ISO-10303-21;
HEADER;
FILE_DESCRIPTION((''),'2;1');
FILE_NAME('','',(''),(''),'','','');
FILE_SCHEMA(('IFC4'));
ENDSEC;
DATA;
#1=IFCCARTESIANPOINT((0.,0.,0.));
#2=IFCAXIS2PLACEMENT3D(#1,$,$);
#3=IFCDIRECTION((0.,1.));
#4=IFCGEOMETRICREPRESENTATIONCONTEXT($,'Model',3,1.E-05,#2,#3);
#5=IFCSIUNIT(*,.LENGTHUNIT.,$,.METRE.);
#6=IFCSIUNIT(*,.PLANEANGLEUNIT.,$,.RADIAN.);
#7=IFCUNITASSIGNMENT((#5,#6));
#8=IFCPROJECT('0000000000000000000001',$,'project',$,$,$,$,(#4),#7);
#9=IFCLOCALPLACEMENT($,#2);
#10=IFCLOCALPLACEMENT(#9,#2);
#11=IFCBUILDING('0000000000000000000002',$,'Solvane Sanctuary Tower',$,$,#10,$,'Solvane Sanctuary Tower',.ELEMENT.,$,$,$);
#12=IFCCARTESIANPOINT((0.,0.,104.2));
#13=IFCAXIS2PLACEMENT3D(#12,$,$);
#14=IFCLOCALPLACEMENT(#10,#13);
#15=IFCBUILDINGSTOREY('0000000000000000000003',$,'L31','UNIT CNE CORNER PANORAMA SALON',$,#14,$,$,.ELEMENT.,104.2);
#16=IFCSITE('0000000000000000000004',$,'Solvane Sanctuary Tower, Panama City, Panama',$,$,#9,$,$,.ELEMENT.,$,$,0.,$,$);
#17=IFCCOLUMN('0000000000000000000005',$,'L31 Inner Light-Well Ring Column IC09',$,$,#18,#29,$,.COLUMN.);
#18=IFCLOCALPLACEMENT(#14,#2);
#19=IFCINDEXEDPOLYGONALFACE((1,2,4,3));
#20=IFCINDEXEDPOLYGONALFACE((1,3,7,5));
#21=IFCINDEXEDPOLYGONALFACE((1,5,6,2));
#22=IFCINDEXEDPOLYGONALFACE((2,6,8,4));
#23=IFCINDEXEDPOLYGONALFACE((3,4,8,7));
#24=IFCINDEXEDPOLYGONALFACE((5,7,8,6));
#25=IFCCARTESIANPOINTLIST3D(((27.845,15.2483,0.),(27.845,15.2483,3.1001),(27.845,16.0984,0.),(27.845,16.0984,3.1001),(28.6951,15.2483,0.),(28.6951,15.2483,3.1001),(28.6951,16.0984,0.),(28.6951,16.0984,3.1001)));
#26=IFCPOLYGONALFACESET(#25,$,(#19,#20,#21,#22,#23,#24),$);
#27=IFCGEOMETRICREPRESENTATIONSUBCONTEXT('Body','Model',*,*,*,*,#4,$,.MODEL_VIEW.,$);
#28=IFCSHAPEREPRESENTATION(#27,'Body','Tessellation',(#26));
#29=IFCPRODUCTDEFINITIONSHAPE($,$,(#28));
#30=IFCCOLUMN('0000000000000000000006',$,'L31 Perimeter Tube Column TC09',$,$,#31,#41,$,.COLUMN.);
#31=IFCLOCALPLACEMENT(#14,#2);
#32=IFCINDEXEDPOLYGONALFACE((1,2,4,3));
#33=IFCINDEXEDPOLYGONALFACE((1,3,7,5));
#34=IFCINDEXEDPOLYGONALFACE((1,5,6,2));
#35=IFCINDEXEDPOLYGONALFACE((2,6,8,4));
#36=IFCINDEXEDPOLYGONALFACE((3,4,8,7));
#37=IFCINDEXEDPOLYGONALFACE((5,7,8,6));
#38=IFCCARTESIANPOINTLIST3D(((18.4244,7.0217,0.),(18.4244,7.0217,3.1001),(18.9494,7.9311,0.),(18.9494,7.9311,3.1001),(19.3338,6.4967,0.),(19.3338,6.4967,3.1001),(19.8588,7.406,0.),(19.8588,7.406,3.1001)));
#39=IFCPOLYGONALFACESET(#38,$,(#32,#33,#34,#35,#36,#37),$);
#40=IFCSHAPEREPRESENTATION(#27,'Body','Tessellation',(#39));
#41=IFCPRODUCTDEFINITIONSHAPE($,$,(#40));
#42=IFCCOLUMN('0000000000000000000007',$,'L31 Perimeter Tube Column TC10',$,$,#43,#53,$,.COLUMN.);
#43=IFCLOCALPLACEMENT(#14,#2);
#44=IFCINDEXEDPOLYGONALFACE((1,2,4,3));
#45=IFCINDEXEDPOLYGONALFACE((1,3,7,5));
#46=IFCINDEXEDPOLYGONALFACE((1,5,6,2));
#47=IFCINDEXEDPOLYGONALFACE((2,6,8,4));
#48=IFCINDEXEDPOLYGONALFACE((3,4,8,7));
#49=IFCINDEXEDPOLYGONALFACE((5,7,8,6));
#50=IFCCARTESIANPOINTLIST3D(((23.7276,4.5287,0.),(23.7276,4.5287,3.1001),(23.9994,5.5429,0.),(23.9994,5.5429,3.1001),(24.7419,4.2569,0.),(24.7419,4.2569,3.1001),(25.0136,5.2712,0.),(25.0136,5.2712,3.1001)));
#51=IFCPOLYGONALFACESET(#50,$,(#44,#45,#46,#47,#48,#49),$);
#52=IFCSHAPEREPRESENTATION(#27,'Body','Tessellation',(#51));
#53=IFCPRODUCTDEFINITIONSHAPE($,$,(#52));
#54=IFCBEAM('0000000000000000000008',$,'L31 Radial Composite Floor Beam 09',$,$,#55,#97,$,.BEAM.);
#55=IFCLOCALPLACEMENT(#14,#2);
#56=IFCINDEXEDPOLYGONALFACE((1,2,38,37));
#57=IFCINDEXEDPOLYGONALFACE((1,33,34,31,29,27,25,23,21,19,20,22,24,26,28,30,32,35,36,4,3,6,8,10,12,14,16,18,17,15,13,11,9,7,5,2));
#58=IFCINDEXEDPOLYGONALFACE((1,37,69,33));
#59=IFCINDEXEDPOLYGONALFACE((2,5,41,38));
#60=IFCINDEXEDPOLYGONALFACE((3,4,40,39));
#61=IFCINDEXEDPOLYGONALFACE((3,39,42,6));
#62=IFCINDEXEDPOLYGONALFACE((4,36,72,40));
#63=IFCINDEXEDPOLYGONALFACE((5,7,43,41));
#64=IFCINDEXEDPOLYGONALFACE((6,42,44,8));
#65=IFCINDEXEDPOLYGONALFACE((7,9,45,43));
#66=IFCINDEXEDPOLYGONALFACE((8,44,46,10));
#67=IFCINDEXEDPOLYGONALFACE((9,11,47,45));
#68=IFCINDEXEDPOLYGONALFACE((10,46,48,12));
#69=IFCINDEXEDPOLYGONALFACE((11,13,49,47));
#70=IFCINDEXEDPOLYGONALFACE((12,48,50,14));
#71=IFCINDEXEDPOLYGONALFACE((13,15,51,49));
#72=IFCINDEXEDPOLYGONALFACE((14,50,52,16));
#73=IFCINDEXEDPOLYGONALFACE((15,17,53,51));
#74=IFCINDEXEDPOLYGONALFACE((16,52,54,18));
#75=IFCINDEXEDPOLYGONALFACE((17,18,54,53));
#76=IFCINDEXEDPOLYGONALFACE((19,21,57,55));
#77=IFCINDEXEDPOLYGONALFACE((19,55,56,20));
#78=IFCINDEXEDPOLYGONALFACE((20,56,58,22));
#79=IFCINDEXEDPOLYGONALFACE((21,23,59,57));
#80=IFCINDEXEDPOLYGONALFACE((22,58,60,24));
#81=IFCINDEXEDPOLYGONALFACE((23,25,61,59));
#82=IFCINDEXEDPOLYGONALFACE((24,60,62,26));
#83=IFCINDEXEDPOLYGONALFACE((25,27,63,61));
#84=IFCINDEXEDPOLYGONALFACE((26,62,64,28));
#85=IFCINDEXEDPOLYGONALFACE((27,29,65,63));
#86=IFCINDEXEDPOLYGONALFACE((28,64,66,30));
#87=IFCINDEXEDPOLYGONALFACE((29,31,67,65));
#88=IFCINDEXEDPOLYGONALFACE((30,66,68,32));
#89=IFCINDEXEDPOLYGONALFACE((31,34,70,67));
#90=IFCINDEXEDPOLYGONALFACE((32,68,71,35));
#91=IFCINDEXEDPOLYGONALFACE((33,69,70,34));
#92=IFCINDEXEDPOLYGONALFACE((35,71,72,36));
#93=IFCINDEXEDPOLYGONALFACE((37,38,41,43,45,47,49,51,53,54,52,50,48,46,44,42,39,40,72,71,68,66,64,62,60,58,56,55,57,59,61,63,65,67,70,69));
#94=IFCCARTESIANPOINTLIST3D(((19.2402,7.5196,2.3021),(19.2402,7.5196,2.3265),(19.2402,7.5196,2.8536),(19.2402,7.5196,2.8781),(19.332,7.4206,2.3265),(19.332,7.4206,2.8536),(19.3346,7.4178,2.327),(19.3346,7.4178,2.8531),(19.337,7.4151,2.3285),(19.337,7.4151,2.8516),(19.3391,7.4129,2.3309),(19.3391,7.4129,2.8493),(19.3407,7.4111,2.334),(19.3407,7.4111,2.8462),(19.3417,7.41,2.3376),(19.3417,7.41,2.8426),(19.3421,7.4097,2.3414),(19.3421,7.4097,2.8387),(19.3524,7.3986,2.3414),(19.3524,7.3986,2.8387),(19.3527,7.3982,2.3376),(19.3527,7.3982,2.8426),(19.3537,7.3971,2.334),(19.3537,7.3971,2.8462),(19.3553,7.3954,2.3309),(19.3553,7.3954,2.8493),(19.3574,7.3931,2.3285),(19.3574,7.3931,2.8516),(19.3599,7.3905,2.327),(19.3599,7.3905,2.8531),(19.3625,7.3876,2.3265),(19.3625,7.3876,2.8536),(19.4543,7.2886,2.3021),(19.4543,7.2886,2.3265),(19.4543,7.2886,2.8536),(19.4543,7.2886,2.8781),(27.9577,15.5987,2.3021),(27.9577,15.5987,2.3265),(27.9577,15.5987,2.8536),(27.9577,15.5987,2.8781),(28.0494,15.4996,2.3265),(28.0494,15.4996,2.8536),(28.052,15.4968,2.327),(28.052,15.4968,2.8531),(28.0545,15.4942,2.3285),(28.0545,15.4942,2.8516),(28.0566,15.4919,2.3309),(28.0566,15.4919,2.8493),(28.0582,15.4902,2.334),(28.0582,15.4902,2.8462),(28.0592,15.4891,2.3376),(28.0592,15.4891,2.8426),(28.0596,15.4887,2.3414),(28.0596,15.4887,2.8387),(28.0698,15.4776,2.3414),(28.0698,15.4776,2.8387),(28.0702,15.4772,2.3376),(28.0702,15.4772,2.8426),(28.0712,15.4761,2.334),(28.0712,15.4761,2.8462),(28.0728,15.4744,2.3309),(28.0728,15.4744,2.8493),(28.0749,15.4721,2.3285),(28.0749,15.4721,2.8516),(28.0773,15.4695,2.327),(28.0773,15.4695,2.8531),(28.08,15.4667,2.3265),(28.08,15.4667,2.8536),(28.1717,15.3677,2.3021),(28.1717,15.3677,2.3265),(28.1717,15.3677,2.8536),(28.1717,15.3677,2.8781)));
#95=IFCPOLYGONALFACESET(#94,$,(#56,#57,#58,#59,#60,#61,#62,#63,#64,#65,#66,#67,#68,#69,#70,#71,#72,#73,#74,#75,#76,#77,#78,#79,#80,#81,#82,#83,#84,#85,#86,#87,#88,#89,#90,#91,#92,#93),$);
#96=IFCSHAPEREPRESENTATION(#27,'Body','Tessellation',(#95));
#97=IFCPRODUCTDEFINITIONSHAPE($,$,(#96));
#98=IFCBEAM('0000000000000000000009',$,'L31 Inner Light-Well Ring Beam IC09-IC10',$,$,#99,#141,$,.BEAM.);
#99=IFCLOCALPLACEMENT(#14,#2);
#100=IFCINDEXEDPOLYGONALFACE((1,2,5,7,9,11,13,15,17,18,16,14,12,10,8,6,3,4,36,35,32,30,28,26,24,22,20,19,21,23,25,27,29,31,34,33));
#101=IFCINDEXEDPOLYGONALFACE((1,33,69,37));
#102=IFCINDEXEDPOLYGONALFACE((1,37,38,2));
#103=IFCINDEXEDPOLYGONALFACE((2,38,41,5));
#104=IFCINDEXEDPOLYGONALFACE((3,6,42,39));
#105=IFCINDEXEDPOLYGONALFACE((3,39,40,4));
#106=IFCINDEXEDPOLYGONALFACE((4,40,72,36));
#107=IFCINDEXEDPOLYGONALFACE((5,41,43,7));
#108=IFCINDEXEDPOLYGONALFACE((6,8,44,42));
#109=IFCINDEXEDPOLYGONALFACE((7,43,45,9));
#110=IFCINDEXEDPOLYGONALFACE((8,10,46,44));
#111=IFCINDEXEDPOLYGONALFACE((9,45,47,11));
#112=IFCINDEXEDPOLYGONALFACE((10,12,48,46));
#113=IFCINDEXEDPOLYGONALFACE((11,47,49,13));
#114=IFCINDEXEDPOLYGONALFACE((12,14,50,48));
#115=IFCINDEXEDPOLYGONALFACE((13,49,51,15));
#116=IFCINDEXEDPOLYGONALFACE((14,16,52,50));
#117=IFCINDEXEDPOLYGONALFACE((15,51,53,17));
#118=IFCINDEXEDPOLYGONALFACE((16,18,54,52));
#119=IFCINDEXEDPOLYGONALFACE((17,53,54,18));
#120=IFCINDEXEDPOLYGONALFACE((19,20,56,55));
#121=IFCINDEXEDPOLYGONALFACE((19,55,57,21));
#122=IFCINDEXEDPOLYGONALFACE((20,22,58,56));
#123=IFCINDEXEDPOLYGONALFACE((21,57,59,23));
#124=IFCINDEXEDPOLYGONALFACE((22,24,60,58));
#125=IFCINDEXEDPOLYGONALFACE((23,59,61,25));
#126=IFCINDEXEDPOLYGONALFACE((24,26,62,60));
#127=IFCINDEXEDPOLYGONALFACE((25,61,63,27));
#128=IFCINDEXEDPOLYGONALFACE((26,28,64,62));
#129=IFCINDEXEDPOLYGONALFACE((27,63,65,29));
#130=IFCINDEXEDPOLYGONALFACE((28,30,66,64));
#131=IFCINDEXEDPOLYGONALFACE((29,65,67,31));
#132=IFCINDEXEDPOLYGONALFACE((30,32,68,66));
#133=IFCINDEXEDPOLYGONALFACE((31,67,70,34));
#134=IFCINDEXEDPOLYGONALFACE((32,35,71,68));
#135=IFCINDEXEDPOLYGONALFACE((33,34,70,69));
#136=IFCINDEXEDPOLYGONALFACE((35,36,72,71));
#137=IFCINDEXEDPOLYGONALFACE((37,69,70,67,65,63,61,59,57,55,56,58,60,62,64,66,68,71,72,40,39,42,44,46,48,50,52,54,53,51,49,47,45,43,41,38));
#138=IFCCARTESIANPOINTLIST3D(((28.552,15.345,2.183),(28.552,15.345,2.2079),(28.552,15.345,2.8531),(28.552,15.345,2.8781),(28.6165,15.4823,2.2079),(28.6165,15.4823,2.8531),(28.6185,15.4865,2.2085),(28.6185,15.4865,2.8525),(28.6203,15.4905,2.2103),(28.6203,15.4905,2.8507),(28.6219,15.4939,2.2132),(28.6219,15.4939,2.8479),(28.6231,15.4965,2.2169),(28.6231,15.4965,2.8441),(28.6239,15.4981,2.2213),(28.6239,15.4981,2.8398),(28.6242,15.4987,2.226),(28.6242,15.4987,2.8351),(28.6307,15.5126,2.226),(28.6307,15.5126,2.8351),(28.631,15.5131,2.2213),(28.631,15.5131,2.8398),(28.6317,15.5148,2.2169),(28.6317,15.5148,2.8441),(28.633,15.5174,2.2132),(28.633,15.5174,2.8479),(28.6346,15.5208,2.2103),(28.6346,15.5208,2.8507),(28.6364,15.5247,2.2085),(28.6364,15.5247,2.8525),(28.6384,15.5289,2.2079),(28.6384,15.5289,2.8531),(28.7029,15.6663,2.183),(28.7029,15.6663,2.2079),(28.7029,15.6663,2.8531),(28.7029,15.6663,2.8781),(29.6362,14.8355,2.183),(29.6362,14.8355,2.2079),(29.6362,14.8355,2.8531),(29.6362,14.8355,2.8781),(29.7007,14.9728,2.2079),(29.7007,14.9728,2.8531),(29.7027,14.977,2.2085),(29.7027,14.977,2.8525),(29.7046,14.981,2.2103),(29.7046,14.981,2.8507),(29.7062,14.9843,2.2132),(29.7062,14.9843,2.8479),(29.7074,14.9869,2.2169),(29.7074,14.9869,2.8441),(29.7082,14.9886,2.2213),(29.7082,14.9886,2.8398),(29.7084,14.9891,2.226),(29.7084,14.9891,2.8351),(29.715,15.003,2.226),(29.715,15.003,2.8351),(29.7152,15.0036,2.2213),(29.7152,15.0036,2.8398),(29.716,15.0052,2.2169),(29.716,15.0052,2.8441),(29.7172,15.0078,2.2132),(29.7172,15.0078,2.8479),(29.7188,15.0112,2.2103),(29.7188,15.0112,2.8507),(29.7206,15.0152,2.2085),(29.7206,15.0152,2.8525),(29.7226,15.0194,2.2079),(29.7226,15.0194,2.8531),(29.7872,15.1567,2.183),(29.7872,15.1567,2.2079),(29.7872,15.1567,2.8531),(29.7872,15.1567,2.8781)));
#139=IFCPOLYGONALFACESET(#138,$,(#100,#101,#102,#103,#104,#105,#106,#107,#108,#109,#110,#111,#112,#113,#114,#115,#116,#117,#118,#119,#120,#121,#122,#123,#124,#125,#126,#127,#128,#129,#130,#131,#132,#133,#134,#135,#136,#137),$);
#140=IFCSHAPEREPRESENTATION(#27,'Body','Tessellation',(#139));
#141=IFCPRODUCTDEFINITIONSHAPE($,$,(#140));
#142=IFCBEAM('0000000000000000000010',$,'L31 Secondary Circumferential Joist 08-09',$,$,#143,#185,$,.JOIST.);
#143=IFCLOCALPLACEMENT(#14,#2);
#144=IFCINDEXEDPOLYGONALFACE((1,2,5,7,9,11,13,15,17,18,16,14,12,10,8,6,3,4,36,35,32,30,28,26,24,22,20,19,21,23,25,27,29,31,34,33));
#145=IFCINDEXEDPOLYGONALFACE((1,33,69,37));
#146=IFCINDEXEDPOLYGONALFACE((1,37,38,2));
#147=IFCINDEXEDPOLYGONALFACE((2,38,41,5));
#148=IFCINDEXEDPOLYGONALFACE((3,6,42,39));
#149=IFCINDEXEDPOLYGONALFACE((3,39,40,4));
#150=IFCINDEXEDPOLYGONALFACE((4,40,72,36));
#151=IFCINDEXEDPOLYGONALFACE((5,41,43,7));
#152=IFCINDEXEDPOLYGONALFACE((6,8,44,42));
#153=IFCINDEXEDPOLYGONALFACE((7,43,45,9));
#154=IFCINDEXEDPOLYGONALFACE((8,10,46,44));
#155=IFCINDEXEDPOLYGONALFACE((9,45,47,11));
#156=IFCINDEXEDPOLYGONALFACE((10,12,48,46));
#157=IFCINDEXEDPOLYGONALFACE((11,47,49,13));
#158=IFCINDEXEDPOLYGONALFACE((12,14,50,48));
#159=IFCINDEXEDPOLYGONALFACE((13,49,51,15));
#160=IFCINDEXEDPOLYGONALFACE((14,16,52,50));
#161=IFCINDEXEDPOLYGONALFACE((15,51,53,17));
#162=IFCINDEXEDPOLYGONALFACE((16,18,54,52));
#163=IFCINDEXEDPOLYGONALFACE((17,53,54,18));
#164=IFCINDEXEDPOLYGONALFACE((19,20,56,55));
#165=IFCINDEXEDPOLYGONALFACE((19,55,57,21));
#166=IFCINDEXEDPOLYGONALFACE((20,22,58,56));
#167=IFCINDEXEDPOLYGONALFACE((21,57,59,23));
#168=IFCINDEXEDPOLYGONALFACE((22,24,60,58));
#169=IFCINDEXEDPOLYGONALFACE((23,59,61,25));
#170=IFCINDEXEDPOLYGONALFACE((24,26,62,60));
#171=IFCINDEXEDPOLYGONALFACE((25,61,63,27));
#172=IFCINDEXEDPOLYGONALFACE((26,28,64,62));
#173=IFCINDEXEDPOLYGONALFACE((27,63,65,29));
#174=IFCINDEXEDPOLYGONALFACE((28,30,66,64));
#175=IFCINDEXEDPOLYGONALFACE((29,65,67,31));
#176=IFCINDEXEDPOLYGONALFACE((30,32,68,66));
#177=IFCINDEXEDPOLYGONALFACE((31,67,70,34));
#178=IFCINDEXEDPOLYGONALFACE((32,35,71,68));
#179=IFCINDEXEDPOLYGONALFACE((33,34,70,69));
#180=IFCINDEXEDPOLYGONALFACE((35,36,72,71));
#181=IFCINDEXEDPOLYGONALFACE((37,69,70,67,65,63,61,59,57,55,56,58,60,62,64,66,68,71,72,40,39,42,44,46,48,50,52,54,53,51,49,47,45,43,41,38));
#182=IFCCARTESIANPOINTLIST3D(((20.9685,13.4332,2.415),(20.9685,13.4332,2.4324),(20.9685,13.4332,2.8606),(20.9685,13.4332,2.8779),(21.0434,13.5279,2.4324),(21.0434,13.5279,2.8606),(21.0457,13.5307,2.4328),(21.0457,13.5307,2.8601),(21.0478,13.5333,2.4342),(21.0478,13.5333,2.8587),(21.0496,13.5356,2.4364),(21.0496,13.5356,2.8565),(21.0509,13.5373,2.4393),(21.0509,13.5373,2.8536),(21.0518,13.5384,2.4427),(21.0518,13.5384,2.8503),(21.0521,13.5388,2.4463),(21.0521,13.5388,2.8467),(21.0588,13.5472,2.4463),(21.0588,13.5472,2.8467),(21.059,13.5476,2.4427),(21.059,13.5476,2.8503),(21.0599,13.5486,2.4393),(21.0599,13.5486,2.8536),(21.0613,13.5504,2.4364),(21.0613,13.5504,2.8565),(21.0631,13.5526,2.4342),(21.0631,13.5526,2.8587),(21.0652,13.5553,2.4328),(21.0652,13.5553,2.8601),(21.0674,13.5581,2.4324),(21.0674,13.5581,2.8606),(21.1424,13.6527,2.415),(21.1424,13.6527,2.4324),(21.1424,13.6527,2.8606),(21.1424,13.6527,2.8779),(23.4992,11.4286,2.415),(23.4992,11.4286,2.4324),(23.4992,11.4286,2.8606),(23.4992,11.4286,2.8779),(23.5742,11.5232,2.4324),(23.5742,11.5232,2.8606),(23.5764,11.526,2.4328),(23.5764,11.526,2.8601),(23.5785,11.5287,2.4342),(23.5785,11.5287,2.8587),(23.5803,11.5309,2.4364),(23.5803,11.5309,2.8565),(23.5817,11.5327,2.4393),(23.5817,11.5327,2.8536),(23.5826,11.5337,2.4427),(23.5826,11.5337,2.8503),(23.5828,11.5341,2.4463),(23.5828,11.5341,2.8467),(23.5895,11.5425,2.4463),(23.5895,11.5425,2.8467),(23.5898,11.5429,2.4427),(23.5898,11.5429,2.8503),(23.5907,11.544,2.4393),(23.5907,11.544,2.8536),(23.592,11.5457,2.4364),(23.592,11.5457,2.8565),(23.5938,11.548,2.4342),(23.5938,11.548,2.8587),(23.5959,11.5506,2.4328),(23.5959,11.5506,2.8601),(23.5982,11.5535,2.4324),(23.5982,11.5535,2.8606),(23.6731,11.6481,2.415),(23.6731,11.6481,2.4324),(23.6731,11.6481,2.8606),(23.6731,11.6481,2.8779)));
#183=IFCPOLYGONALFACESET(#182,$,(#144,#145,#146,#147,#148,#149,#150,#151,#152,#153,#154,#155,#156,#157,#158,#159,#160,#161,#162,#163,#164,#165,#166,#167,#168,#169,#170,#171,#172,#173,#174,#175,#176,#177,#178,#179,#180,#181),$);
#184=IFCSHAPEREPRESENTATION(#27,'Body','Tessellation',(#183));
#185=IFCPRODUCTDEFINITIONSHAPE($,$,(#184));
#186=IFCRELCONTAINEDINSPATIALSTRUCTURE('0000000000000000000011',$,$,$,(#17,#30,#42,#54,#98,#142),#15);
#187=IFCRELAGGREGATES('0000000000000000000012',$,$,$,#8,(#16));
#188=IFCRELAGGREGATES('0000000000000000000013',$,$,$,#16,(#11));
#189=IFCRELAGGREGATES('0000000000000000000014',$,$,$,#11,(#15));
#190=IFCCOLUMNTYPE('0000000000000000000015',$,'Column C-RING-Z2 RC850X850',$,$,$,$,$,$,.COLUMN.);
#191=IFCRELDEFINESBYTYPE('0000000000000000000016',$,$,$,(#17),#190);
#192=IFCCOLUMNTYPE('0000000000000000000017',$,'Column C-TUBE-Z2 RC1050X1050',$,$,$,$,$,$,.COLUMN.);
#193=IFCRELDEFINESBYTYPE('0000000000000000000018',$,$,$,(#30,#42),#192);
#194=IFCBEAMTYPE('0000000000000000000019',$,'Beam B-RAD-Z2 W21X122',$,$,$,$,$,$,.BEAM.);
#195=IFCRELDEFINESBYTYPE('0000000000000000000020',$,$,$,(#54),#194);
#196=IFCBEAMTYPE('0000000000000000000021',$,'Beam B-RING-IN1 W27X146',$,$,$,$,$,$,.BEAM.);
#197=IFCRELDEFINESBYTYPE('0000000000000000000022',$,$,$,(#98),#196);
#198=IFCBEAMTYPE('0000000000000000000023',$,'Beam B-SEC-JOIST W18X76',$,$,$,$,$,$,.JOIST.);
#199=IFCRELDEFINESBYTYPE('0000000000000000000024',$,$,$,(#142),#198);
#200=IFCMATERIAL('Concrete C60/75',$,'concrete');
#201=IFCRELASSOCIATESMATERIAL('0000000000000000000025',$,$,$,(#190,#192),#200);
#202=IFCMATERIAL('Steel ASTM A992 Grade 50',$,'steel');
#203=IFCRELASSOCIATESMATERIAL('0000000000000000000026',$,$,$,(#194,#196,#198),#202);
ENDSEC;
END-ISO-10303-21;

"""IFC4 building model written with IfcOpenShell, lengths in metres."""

from ifc_helpers import new_model, si_unit, direction, frame, origin, origin_2d, place, context, subcontext, project, spatial, rectangle, i_section, extrude, material, material_profile, profile_set, type_object, element, save


model = new_model("IFC4")

# Units and contexts
model_context = context("Model", 3, precision=1e-05, world=origin(), true_north=direction((0.0, 1.0)))
body_context = subcontext(model_context, "Body", "Model", "MODEL_VIEW")
ifc_project = project(units=[si_unit("LENGTHUNIT", "METRE"), si_unit("PLANEANGLEUNIT", "RADIAN")], contexts=[model_context])

# Site, building, storey
site_placement = place(None, origin())
site = spatial("IfcSite", under=ifc_project, at=site_placement, Name="Solvane Sanctuary Tower, Panama City, Panama", CompositionType="ELEMENT", RefElevation=0.0)
building_placement = place(site_placement, origin())
building = spatial("IfcBuilding", under=site, at=building_placement, Name="Solvane Sanctuary Tower", LongName="Solvane Sanctuary Tower", CompositionType="ELEMENT")
storey_placement = place(building_placement, frame((0.0, 0.0, 104.2)))
storey = spatial("IfcBuildingStorey", under=building, at=storey_placement, Name="L31", Description="UNIT CNE CORNER PANORAMA SALON", CompositionType="ELEMENT", Elevation=104.2)

# Columns
ifc_material_1 = material(Name="Concrete C60/75", Category="concrete")
ifc_material_profile_1 = material_profile(ifc_material_1, rectangle(XDim=0.8501, YDim=0.8501, at=origin_2d()), Name="RC850X850")
ifc_profile_set_1 = profile_set([ifc_material_profile_1], Name="Concrete C60/75")
column_type_1 = type_object("IfcColumnType", Name="Column C-RING-Z2 RC850X850", PredefinedType="COLUMN", material=ifc_profile_set_1)
column_placement = place(storey_placement, frame((28.27, 15.6733, 0.0), z_axis=(0.0, 0.0, 1.0), x_axis=(1.0, 0.0, 0.0)))
element("IfcColumn", 1, at=column_placement, inside=storey, type_object=column_type_1, Name="L31 Inner Light-Well Ring Column IC09", PredefinedType="COLUMN", context=body_context, shape_type="SweptSolid", body=[
    extrude(rectangle(XDim=0.8501, YDim=0.8501, at=origin_2d()), origin(), (0.0, 0.0, 1.0), 3.1001),
])
ifc_material_profile_2 = material_profile(ifc_material_1, rectangle(XDim=1.05, YDim=1.05, at=origin_2d()), Name="RC1050X1050")
ifc_profile_set_2 = profile_set([ifc_material_profile_2], Name="Concrete C60/75")
column_type_2 = type_object("IfcColumnType", Name="Column C-TUBE-Z2 RC1050X1050", PredefinedType="COLUMN", material=ifc_profile_set_2)
for number, where, z_axis, x_axis, name in (
    (2, (19.1416, 7.2139, 0.0), (0.0, 0.0, 1.0), (-0.5, -0.866025, 0.0), "L31 Perimeter Tube Column TC09"),
    (3, (24.3706, 4.8999, 0.0), (0.0, 0.0, 1.0), (-0.258819, -0.965926, 0.0), "L31 Perimeter Tube Column TC10"),
):
    element("IfcColumn", number, at=place(storey_placement, frame(where, z_axis=z_axis, x_axis=x_axis)), inside=storey, type_object=column_type_2, Name=name, PredefinedType="COLUMN", context=body_context, shape_type="SweptSolid", body=[
        extrude(rectangle(XDim=1.05, YDim=1.05, at=origin_2d()), origin(), (0.0, 0.0, 1.0), 3.1001),
    ])

# Beams
ifc_material_2 = material(Name="Steel ASTM A992 Grade 50", Category="steel")
ifc_material_profile_3 = material_profile(ifc_material_2, i_section(OverallWidth=0.3149, OverallDepth=0.5759, WebThickness=0.0151, FlangeThickness=0.0244, FilletRadius=0.0149, at=origin_2d()), Name="W21X122")
ifc_profile_set_3 = profile_set([ifc_material_profile_3], Name="Steel ASTM A992 Grade 50")
beam_type_1 = type_object("IfcBeamType", Name="Beam B-RAD-Z2 W21X122", PredefinedType="BEAM", material=ifc_profile_set_3)
beam_1_placement = place(storey_placement, frame((28.0647, 15.4832, 2.5901), z_axis=(-0.733454, -0.679739, 0.0), x_axis=(0.679739, -0.733454, 0.0)))
element("IfcBeam", 4, at=beam_1_placement, inside=storey, type_object=beam_type_1, Name="L31 Radial Composite Floor Beam 09", PredefinedType="BEAM", context=body_context, shape_type="SweptSolid", body=[
    extrude(i_section(OverallWidth=0.3149, OverallDepth=0.5759, WebThickness=0.0151, FlangeThickness=0.0244, FilletRadius=0.0149, at=origin_2d()), origin(), (0.0, 0.0, 1.0), 11.8855),
])
ifc_material_profile_4 = material_profile(ifc_material_2, i_section(OverallWidth=0.355, OverallDepth=0.6951, WebThickness=0.0154, FlangeThickness=0.0249, FilletRadius=0.0181, at=origin_2d()), Name="W27X146")
ifc_profile_set_4 = profile_set([ifc_material_profile_4], Name="Steel ASTM A992 Grade 50")
beam_type_2 = type_object("IfcBeamType", Name="Beam B-RING-IN1 W27X146", PredefinedType="BEAM", material=ifc_profile_set_4)
beam_2_placement = place(storey_placement, frame((28.6274, 15.5056, 2.5305), z_axis=(0.905045, -0.425316, 0.0), x_axis=(0.425316, 0.905045, 0.0)))
element("IfcBeam", 5, at=beam_2_placement, inside=storey, type_object=beam_type_2, Name="L31 Inner Light-Well Ring Beam IC09-IC10", PredefinedType="BEAM", context=body_context, shape_type="SweptSolid", body=[
    extrude(i_section(OverallWidth=0.355, OverallDepth=0.6951, WebThickness=0.0154, FlangeThickness=0.0249, FilletRadius=0.0181, at=origin_2d()), origin(), (0.0, 0.0, 1.0), 1.198),
])
ifc_material_profile_5 = material_profile(ifc_material_2, i_section(OverallWidth=0.28, OverallDepth=0.4629, WebThickness=0.0107, FlangeThickness=0.0173, FilletRadius=0.0139, at=origin_2d()), Name="W18X76")
ifc_profile_set_5 = profile_set([ifc_material_profile_5], Name="Steel ASTM A992 Grade 50")
beam_type_3 = type_object("IfcBeamType", Name="Beam B-SEC-JOIST W18X76", PredefinedType="JOIST", material=ifc_profile_set_5)
beam_3_placement = place(storey_placement, frame((21.0554, 13.543, 2.6465), z_axis=(0.783877, -0.620916, 0.0), x_axis=(0.620916, 0.783877, 0.0)))
element("IfcBeam", 6, at=beam_3_placement, inside=storey, type_object=beam_type_3, Name="L31 Secondary Circumferential Joist 08-09", PredefinedType="JOIST", context=body_context, shape_type="SweptSolid", body=[
    extrude(i_section(OverallWidth=0.28, OverallDepth=0.4629, WebThickness=0.0107, FlangeThickness=0.0173, FilletRadius=0.0139, at=origin_2d()), origin(), (0.0, 0.0, 1.0), 3.2285),
])

save(model, "model.ifc")
